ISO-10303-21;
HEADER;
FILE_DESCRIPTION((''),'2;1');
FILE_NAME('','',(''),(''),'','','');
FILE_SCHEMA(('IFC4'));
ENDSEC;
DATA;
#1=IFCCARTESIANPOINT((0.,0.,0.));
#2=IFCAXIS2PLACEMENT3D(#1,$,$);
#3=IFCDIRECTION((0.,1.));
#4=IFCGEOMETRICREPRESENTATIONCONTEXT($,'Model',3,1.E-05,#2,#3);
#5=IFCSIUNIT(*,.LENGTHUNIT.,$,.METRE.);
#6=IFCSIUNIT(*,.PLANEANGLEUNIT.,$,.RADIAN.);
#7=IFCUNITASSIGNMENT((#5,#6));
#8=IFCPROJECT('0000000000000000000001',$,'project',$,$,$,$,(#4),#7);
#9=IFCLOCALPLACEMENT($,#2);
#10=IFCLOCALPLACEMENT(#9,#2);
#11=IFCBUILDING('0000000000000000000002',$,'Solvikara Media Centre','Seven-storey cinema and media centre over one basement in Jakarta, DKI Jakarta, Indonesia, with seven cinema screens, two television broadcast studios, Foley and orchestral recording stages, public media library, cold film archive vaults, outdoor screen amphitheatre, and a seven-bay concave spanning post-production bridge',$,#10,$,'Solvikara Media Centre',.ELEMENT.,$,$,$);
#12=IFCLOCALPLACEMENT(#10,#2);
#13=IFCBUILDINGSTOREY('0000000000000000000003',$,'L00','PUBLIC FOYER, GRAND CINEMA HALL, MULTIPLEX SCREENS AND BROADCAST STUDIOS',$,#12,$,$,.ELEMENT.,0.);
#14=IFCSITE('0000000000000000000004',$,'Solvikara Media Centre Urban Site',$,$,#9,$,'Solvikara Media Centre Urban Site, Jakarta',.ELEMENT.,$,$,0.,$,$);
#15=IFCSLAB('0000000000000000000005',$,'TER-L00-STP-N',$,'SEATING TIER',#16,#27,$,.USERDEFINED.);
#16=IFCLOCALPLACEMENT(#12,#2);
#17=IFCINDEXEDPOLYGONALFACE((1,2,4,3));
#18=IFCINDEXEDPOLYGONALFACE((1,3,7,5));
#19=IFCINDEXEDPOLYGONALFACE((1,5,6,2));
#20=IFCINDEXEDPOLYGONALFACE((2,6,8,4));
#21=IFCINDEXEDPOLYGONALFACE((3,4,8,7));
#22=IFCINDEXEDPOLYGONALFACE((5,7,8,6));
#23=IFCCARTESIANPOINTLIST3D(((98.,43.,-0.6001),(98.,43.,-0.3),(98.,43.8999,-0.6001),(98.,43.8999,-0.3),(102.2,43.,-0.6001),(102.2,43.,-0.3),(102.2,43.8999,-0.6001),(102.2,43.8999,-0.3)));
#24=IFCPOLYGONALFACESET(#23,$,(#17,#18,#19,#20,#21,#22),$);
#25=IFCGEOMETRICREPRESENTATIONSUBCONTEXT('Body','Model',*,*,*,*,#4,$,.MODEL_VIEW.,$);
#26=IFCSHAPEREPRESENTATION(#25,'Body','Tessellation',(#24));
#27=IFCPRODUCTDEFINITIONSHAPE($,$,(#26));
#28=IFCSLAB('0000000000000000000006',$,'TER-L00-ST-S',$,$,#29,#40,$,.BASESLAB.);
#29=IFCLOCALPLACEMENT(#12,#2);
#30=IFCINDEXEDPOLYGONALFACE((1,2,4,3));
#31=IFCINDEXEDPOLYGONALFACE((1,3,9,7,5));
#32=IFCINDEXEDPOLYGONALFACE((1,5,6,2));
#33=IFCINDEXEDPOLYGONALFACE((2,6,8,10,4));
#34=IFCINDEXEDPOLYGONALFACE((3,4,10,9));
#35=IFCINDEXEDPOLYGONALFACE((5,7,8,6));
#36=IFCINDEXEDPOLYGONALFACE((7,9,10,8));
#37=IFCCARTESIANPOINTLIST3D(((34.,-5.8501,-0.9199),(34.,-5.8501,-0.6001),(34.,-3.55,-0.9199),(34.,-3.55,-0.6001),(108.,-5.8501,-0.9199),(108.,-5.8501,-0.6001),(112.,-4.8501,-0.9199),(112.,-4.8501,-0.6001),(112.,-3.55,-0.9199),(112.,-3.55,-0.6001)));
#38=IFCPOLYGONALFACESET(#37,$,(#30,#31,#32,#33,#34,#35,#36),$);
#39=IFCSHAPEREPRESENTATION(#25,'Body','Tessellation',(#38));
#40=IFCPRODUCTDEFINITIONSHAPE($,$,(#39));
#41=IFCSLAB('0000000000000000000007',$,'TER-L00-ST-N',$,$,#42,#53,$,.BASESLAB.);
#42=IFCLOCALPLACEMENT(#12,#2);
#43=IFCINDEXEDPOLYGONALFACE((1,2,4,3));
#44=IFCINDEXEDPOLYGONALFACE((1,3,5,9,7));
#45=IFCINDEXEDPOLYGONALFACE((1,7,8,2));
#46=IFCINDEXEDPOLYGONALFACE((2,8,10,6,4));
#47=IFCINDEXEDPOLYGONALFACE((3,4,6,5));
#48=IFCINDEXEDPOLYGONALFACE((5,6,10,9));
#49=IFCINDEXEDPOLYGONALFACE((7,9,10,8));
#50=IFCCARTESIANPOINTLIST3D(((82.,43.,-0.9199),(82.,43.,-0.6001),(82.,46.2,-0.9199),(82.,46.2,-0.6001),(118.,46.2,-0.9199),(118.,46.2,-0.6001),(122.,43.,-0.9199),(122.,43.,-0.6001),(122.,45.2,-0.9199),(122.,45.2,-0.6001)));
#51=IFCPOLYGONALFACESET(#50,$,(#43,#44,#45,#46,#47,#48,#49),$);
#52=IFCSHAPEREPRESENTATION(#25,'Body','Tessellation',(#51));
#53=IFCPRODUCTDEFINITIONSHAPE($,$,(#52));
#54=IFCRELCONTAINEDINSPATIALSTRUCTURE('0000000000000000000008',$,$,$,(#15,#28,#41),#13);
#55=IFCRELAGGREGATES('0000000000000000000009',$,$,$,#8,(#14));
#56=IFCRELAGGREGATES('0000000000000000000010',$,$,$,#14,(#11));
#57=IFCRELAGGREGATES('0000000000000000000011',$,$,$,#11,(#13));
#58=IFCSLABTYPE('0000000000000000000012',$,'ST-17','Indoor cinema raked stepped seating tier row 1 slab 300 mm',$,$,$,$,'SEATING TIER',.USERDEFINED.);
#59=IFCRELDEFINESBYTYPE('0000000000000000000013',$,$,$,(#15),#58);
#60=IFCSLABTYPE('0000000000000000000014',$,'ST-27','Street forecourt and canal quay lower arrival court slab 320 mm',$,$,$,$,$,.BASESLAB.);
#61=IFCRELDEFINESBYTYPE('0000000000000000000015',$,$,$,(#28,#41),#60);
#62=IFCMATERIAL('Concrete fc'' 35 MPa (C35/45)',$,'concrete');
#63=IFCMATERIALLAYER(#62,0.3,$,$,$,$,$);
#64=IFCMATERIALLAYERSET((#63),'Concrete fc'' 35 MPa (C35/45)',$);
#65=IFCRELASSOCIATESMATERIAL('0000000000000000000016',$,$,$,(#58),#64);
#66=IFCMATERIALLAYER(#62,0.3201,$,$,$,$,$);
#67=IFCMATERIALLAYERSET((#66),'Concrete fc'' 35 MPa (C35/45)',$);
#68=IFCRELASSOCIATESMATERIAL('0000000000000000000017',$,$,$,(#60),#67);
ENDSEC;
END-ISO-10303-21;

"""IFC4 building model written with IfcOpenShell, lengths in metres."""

from ifc_helpers import new_model, si_unit, direction, frame, origin, place, context, subcontext, project, spatial, polyline, outline, extrude, material, layer, layer_set, type_object, element, save


model = new_model("IFC4")

# Units and contexts
model_context = context("Model", 3, precision=1e-05, world=origin(), true_north=direction((0.0, 1.0)))
body_context = subcontext(model_context, "Body", "Model", "MODEL_VIEW")
ifc_project = project(units=[si_unit("LENGTHUNIT", "METRE"), si_unit("PLANEANGLEUNIT", "RADIAN")], contexts=[model_context])

# Site, building, storey
site_placement = place(None, origin())
site = spatial("IfcSite", under=ifc_project, at=site_placement, Name="Solvikara Media Centre Urban Site", LongName="Solvikara Media Centre Urban Site, Jakarta", CompositionType="ELEMENT", RefElevation=0.0)
building_placement = place(site_placement, origin())
building = spatial("IfcBuilding", under=site, at=building_placement, Name="Solvikara Media Centre", Description="Seven-storey cinema and media centre over one basement in Jakarta, DKI Jakarta, Indonesia, with seven cinema screens, two television broadcast studios, Foley and orchestral recording stages, public media library, cold film archive vaults, outdoor screen amphitheatre, and a seven-bay concave spanning post-production bridge", LongName="Solvikara Media Centre", CompositionType="ELEMENT")
storey_placement = place(building_placement, origin())
storey = spatial("IfcBuildingStorey", under=building, at=storey_placement, Name="L00", Description="PUBLIC FOYER, GRAND CINEMA HALL, MULTIPLEX SCREENS AND BROADCAST STUDIOS", CompositionType="ELEMENT", Elevation=0.0)

# Shared definitions
ifc_material_1 = material(Name="Concrete fc' 35 MPa (C35/45)", Category="concrete")

# Slabs
ifc_layer_1 = layer(ifc_material_1, 0.3)
ifc_layer_set_1 = layer_set([ifc_layer_1], Name="Concrete fc' 35 MPa (C35/45)")
slab_type_1 = type_object("IfcSlabType", Name="ST-17", Description="Indoor cinema raked stepped seating tier row 1 slab 300 mm", ElementType="SEATING TIER", PredefinedType="USERDEFINED", material=ifc_layer_set_1)
slab_1_placement = place(storey_placement, frame((0.0, 0.0, -0.6001)))
element("IfcSlab", 1, at=slab_1_placement, inside=storey, type_object=slab_type_1, Name="TER-L00-STP-N", ObjectType="SEATING TIER", PredefinedType="USERDEFINED", context=body_context, shape_type="SweptSolid", body=[
    extrude(outline(polyline([(98.0, 43.0), (102.2, 43.0), (102.2, 43.8999), (98.0, 43.8999), (98.0, 43.0)])), origin(), (0.0, 0.0, 1.0), 0.3),
])
ifc_layer_2 = layer(ifc_material_1, 0.3201)
ifc_layer_set_2 = layer_set([ifc_layer_2], Name="Concrete fc' 35 MPa (C35/45)")
slab_type_2 = type_object("IfcSlabType", Name="ST-27", Description="Street forecourt and canal quay lower arrival court slab 320 mm", PredefinedType="BASESLAB", material=ifc_layer_set_2)
slab_2_placement = place(storey_placement, frame((0.0, 0.0, -0.9199)))
element("IfcSlab", 2, at=slab_2_placement, inside=storey, type_object=slab_type_2, Name="TER-L00-ST-S", PredefinedType="BASESLAB", context=body_context, shape_type="SweptSolid", body=[
    extrude(outline(polyline([(34.0, -5.8501), (108.0, -5.8501), (112.0, -4.8501), (112.0, -3.55), (34.0, -3.55), (34.0, -5.8501)])), origin(), (0.0, 0.0, 1.0), 0.3198),
])
slab_3_placement = place(storey_placement, frame((0.0, 0.0, -0.9199)))
element("IfcSlab", 3, at=slab_3_placement, inside=storey, type_object=slab_type_2, Name="TER-L00-ST-N", PredefinedType="BASESLAB", context=body_context, shape_type="SweptSolid", body=[
    extrude(outline(polyline([(82.0, 43.0), (122.0, 43.0), (122.0, 45.2), (118.0, 46.2), (82.0, 46.2), (82.0, 43.0)])), origin(), (0.0, 0.0, 1.0), 0.3198),
])

save(model, "model.ifc")
